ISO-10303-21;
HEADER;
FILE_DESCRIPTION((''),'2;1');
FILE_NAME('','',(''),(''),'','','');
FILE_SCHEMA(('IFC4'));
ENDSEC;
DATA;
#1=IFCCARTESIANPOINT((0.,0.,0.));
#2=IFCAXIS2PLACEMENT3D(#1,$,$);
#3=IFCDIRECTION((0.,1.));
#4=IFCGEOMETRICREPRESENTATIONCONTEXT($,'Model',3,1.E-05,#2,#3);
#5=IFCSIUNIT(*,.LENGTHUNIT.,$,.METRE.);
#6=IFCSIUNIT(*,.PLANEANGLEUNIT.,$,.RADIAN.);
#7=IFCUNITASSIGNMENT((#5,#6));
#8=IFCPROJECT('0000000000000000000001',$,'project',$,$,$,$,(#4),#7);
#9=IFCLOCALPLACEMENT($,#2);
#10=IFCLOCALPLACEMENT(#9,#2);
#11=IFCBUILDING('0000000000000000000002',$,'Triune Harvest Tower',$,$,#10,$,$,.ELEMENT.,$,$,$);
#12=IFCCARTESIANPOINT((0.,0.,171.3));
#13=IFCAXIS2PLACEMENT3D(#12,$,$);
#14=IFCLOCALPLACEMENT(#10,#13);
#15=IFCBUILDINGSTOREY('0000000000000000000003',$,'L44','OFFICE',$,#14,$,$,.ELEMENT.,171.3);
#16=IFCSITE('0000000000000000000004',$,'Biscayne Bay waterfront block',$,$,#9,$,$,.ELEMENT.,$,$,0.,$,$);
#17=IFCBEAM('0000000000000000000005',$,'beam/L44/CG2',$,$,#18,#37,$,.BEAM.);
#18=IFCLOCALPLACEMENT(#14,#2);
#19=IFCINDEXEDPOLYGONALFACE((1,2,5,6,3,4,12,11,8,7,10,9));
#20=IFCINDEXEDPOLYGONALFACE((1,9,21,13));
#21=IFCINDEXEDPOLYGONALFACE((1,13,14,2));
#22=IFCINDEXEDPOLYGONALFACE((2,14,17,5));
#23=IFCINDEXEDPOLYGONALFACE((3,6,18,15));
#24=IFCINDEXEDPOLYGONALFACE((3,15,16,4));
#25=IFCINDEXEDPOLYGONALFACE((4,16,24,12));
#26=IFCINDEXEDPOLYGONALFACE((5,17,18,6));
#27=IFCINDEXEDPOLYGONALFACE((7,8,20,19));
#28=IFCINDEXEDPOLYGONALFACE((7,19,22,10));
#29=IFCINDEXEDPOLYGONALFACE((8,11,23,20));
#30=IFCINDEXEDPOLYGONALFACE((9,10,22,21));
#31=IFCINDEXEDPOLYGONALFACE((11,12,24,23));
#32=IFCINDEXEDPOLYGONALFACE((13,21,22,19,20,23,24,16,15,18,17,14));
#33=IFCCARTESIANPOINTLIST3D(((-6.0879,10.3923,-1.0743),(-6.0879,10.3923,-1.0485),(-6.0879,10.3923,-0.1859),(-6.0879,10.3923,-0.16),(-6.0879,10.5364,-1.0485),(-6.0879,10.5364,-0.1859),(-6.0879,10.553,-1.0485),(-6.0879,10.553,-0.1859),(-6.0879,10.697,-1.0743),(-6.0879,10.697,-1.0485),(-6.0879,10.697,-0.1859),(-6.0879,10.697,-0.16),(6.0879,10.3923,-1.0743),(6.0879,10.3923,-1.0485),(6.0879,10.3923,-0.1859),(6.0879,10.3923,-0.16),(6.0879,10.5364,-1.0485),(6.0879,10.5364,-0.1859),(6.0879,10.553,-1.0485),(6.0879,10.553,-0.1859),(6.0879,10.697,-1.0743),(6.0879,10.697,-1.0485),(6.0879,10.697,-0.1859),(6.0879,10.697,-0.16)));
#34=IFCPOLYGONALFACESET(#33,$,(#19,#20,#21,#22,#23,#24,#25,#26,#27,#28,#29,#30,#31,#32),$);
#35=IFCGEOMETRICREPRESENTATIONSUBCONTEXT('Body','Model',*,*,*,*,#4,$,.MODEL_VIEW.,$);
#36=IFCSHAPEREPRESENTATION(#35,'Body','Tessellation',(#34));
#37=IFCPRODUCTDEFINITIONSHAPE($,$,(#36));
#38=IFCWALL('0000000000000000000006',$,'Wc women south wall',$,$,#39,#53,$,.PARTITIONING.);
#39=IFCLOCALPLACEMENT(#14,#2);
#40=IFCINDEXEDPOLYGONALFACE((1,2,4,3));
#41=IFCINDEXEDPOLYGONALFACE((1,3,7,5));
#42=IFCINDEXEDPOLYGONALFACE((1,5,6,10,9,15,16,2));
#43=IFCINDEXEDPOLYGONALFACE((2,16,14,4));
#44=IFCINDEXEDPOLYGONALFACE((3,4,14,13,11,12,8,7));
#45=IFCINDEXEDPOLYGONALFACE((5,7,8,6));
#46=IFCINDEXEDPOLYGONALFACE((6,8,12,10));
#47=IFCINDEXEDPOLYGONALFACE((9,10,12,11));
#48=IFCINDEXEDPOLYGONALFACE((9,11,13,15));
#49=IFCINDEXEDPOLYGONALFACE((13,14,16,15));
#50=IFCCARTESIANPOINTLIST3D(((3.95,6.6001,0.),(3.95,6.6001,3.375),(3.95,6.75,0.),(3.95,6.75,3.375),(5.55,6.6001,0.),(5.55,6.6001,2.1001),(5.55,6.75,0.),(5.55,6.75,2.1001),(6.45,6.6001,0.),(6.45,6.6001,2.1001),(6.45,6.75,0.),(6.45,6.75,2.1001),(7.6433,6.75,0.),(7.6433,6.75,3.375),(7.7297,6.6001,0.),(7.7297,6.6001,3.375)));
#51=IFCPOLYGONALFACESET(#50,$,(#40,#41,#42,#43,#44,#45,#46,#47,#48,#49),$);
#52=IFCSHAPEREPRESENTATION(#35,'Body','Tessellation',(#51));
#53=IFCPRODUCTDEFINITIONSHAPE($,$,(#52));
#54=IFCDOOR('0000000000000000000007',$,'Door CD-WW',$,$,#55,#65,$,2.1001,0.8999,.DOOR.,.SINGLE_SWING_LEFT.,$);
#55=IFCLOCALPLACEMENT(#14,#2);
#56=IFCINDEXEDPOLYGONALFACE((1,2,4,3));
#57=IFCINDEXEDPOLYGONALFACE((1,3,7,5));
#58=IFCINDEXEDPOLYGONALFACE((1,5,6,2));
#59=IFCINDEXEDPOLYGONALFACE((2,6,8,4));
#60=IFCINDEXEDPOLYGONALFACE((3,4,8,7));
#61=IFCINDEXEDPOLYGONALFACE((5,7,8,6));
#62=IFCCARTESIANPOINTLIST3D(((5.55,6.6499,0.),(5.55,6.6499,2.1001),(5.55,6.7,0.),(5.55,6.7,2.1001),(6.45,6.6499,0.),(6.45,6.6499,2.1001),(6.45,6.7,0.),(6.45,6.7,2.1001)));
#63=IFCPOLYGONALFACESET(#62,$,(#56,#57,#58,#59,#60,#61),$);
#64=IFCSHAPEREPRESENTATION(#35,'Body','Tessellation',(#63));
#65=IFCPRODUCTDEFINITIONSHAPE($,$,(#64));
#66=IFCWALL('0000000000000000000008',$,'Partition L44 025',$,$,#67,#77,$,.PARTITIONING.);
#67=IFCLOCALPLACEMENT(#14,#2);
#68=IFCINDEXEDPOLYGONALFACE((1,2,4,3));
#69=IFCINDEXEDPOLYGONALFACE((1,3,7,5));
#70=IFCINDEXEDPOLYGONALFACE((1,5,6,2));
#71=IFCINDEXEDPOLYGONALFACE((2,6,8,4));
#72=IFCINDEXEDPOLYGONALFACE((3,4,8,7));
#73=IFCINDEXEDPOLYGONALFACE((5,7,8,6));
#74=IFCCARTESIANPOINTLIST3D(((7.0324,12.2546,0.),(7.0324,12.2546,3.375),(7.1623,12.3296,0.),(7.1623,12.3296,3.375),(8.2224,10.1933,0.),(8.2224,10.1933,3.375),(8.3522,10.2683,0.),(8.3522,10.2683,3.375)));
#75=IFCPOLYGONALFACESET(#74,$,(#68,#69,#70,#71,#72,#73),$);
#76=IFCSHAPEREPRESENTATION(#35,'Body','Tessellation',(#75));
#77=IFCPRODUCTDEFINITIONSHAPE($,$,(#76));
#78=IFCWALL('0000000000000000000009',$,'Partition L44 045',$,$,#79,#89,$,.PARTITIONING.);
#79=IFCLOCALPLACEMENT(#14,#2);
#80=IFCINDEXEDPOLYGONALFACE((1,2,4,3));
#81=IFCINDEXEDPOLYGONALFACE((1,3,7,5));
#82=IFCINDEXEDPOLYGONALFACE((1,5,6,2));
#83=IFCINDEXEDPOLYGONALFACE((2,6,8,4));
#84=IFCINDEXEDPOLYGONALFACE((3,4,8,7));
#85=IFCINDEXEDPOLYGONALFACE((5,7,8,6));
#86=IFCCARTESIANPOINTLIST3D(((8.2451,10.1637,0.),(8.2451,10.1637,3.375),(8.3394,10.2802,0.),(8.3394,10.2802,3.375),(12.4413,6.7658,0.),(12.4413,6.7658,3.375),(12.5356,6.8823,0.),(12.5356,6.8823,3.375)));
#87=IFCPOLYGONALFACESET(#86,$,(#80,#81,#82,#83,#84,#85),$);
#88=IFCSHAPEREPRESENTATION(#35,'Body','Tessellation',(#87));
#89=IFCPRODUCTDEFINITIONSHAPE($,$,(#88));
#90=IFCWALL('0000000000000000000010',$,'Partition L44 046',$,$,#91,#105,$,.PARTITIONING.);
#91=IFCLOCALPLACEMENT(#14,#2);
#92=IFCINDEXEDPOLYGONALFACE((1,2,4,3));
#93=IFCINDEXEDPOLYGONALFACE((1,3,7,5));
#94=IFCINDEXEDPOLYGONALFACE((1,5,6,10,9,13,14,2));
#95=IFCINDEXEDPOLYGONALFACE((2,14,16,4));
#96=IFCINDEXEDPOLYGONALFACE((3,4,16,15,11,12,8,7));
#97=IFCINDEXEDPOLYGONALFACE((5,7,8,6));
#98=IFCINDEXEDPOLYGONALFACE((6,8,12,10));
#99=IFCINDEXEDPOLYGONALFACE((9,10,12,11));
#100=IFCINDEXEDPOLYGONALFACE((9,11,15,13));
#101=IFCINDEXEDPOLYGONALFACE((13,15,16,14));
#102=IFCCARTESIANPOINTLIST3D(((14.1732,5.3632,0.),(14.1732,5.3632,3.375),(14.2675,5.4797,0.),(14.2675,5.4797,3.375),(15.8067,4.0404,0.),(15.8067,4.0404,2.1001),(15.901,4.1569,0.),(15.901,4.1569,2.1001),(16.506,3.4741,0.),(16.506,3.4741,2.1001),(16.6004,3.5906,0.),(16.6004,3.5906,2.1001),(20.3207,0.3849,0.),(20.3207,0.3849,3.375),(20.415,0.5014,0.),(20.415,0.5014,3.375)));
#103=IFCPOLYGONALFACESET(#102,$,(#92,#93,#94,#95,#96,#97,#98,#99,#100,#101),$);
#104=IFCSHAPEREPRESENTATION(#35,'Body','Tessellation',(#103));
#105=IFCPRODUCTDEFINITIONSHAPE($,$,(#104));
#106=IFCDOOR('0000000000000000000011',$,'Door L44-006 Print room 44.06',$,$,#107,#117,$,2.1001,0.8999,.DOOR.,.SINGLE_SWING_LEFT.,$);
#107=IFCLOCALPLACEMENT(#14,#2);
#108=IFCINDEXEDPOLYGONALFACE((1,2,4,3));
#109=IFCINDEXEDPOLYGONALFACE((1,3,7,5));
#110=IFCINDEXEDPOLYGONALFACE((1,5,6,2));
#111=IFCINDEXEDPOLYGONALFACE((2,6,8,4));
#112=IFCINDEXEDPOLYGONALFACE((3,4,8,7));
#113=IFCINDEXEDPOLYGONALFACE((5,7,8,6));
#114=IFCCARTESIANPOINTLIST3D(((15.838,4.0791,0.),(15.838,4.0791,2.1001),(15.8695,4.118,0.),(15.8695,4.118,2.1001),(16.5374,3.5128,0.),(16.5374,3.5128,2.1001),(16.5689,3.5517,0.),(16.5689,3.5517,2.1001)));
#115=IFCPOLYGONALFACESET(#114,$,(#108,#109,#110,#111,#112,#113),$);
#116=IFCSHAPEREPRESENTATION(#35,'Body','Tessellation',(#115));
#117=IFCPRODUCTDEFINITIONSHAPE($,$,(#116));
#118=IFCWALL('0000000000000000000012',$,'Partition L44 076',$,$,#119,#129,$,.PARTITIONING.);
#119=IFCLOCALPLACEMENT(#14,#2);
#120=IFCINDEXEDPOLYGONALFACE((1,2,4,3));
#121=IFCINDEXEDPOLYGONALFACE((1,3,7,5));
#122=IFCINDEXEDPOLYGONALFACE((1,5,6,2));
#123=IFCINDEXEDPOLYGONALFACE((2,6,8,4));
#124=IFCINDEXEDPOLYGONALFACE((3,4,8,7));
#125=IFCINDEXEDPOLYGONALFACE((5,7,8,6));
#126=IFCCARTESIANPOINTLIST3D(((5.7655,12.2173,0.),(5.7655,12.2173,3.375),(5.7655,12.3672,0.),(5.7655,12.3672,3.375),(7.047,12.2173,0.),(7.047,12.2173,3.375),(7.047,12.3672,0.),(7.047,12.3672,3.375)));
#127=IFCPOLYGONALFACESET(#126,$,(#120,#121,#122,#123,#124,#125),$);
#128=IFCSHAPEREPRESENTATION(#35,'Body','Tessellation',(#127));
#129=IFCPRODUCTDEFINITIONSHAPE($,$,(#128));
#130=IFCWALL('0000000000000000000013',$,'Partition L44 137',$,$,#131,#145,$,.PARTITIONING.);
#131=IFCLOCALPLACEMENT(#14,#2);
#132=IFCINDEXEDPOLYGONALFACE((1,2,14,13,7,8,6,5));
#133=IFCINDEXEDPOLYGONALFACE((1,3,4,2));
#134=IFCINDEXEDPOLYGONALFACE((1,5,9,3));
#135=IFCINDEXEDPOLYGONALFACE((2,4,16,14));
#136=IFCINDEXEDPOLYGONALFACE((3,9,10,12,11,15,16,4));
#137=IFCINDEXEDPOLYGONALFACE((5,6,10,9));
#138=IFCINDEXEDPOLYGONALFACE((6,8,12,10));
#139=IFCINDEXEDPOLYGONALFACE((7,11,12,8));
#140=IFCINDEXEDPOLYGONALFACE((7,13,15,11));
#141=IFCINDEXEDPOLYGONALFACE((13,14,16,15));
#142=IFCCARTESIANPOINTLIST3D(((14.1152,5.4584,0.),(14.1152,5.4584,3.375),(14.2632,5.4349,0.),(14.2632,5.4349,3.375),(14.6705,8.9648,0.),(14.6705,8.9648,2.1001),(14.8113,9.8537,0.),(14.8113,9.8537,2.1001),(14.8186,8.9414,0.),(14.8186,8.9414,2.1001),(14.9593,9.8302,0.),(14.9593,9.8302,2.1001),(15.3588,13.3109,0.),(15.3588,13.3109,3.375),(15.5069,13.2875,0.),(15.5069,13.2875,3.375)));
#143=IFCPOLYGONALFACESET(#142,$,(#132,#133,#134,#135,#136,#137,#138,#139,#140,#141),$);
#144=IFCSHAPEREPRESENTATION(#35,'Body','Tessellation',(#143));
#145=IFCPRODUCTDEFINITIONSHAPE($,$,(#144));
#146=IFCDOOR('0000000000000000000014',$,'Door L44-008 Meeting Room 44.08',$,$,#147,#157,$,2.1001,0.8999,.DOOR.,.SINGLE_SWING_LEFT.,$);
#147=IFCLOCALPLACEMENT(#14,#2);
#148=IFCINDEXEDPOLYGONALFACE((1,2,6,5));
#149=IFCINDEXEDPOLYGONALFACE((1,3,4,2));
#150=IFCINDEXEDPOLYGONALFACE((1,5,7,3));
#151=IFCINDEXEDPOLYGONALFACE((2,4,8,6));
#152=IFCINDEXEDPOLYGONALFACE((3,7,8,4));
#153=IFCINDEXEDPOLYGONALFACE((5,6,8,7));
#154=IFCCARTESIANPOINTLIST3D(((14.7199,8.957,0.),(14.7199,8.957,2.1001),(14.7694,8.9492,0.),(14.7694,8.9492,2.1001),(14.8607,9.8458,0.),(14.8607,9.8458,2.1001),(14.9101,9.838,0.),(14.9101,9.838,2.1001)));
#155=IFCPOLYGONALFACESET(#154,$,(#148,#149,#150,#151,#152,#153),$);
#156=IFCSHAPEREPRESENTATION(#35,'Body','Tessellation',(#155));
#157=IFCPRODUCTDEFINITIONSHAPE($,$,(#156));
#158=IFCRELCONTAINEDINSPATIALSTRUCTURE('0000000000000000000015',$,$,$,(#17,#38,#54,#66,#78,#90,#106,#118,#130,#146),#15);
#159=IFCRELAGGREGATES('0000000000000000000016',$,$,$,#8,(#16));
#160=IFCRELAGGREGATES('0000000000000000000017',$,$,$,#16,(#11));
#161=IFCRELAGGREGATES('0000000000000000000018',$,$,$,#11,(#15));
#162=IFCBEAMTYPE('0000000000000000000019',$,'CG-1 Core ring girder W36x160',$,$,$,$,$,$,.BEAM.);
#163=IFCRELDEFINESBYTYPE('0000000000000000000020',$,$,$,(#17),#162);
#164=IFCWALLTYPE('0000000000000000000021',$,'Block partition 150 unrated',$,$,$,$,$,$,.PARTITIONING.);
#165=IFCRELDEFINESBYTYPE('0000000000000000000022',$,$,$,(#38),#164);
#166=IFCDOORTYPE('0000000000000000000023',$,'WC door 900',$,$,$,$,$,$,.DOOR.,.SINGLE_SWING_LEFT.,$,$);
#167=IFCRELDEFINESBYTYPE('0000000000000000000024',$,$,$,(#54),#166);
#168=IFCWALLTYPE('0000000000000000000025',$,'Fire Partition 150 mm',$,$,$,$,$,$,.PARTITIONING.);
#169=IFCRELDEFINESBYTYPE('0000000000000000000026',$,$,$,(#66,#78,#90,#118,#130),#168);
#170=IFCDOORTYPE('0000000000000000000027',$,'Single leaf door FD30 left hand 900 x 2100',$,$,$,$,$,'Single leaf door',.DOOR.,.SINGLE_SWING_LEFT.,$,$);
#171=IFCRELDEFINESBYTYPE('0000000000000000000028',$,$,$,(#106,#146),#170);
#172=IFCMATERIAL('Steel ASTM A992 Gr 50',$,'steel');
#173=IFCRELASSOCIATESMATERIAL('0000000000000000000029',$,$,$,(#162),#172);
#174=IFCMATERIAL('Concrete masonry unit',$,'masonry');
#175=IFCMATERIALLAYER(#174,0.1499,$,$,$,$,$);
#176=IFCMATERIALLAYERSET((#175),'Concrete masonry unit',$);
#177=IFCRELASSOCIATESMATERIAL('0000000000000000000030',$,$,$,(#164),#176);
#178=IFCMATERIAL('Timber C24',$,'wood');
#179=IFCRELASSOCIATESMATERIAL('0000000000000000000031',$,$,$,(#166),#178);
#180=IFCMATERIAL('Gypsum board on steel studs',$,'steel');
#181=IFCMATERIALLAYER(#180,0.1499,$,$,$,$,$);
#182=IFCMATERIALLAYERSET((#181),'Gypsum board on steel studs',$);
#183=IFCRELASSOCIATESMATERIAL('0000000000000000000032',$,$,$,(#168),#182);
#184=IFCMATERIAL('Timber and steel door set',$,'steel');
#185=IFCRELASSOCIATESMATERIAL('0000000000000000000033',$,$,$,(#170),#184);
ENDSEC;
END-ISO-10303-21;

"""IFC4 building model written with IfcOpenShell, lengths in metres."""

from ifc_helpers import new_model, si_unit, direction, frame, frame_2d, origin, origin_2d, place, context, subcontext, project, spatial, polyline, rectangle, i_section, outline, extrude, source, transform, mapped, material, layer, layer_set, material_profile, profile_set, type_object, element, fill, save


model = new_model("IFC4")

# Units and contexts
model_context = context("Model", 3, precision=1e-05, world=origin(), true_north=direction((0.0, 1.0)))
body_context = subcontext(model_context, "Body", "Model", "MODEL_VIEW")
ifc_project = project(units=[si_unit("LENGTHUNIT", "METRE"), si_unit("PLANEANGLEUNIT", "RADIAN")], contexts=[model_context])

# Site, building, storey
site_placement = place(None, origin())
site = spatial("IfcSite", under=ifc_project, at=site_placement, Name="Biscayne Bay waterfront block", CompositionType="ELEMENT", RefElevation=0.0)
building_placement = place(site_placement, origin())
building = spatial("IfcBuilding", under=site, at=building_placement, Name="Triune Harvest Tower", CompositionType="ELEMENT")
storey_placement = place(building_placement, frame((0.0, 0.0, 171.3)))
storey = spatial("IfcBuildingStorey", under=building, at=storey_placement, Name="L44", Description="OFFICE", CompositionType="ELEMENT", Elevation=171.3)

# Beam
ifc_material_1 = material(Name="Steel ASTM A992 Gr 50", Category="steel")
ifc_material_profile = material_profile(ifc_material_1, i_section(OverallWidth=0.3047, OverallDepth=0.9143, WebThickness=0.0166, FlangeThickness=0.0259, at=origin_2d()), Name="W36x160")
ifc_profile_set = profile_set([ifc_material_profile], Name="Steel ASTM A992 Gr 50")
beam_type = type_object("IfcBeamType", Name="CG-1 Core ring girder W36x160", PredefinedType="BEAM", material=ifc_profile_set)
shared_shape_1 = source(origin(), body_context, "Body", "SweptSolid", [
    extrude(i_section(OverallWidth=0.3047, OverallDepth=0.9143, WebThickness=0.0166, FlangeThickness=0.0259, at=origin_2d()), origin(), (0.0, 0.0, 1.0), 12.1758),
])
beam_placement = place(storey_placement, frame((6.0879, 10.5447, -0.6172), z_axis=(-1.0, 0.0, 0.0), x_axis=(0.0, -1.0, 0.0)))
element("IfcBeam", 1, at=beam_placement, inside=storey, type_object=beam_type, Name="beam/L44/CG2", PredefinedType="BEAM", context=body_context, shape_type="MappedRepresentation", body=[
    mapped(shared_shape_1, transform((0.0, 0.0, 0.0), scale=1.0)),
])

# Wall, opening, door
ifc_material_2 = material(Name="Concrete masonry unit", Category="masonry")
ifc_layer_1 = layer(ifc_material_2, 0.1499)
ifc_layer_set_1 = layer_set([ifc_layer_1], Name="Concrete masonry unit")
wall_type_1 = type_object("IfcWallType", Name="Block partition 150 unrated", PredefinedType="PARTITIONING", material=ifc_layer_set_1)
wall_1_placement = place(storey_placement, frame((3.95, 6.675, 0.0), z_axis=(0.0, 0.0, 1.0), x_axis=(1.0, 0.0, 0.0)))
wall_1 = element("IfcWall", 2, at=wall_1_placement, inside=storey, type_object=wall_type_1, Name="Wc women south wall", PredefinedType="PARTITIONING", context=body_context, shape_type="SweptSolid", body=[
    extrude(outline(polyline([(0.0, -0.075), (0.0, 0.075), (3.6934, 0.075), (3.7798, -0.075), (0.0, -0.075)])), origin(), (0.0, 0.0, 1.0), 3.375),
])
opening_1_placement = place(wall_1_placement, frame((1.6001, 0.0, 0.0)))
opening_1 = element("IfcOpeningElement", 3, at=opening_1_placement, cuts=wall_1, PredefinedType="OPENING", context=body_context, shape_type="SweptSolid", body=[
    extrude(rectangle(XDim=0.8999, YDim=2.1001, at=frame_2d((0.45, 1.05))), frame((0.0, 0.085, 0.0), z_axis=(0.0, -1.0, 0.0), x_axis=(1.0, 0.0, 0.0)), (0.0, 0.0, 1.0), 0.1699),
])
ifc_material_3 = material(Name="Timber C24", Category="wood")
door_type_1 = type_object("IfcDoorType", Name="WC door 900", OperationType="SINGLE_SWING_LEFT", PredefinedType="DOOR", material=ifc_material_3)
door_1_placement = place(opening_1_placement, origin())
door_1 = element("IfcDoor", 4, at=door_1_placement, inside=storey, type_object=door_type_1, Name="Door CD-WW", OperationType="SINGLE_SWING_LEFT", OverallHeight=2.1001, OverallWidth=0.8999, PredefinedType="DOOR", context=body_context, shape_type="SweptSolid", body=[
    extrude(rectangle(XDim=0.8999, YDim=2.1001, at=frame_2d((0.45, 1.05))), frame((0.0, 0.0249, 0.0), z_axis=(0.0, -1.0, 0.0), x_axis=(1.0, 0.0, 0.0)), (0.0, 0.0, 1.0), 0.05),
])
fill(opening_1, door_1)

# Walls
ifc_material_4 = material(Name="Gypsum board on steel studs", Category="steel")
ifc_layer_2 = layer(ifc_material_4, 0.1499)
ifc_layer_set_2 = layer_set([ifc_layer_2], Name="Gypsum board on steel studs")
wall_type_2 = type_object("IfcWallType", Name="Fire Partition 150 mm", PredefinedType="PARTITIONING", material=ifc_layer_set_2)
wall_2_placement = place(storey_placement, frame((7.0974, 12.292, 0.0), z_axis=(0.0, 0.0, 1.0), x_axis=(0.499956, -0.866051, 0.0)))
element("IfcWall", 5, at=wall_2_placement, inside=storey, type_object=wall_type_2, Name="Partition L44 025", PredefinedType="PARTITIONING", context=body_context, shape_type="SweptSolid", body=[
    extrude(rectangle(XDim=2.3801, YDim=0.1499, at=frame_2d((1.1899, 0.0))), origin(), (0.0, 0.0, 1.0), 3.375),
])
wall_3_placement = place(storey_placement, frame((8.2922, 10.2219, 0.0), z_axis=(0.0, 0.0, 1.0), x_axis=(0.777159, -0.629305, 0.0)))
element("IfcWall", 6, at=wall_3_placement, inside=storey, type_object=wall_type_2, Name="Partition L44 045", PredefinedType="PARTITIONING", context=body_context, shape_type="SweptSolid", body=[
    extrude(rectangle(XDim=5.3994, YDim=0.1499, at=frame_2d((2.6997, 0.0))), origin(), (0.0, 0.0, 1.0), 3.375),
])

# Wall, opening, door
wall_4_placement = place(storey_placement, frame((14.2205, 5.4214, 0.0), z_axis=(0.0, 0.0, 1.0), x_axis=(0.777136, -0.629332, 0.0)))
wall_4 = element("IfcWall", 7, at=wall_4_placement, inside=storey, type_object=wall_type_2, Name="Partition L44 046", PredefinedType="PARTITIONING", context=body_context, shape_type="SweptSolid", body=[
    extrude(rectangle(XDim=7.9104, YDim=0.1499, at=frame_2d((3.9551, 0.0))), origin(), (0.0, 0.0, 1.0), 3.375),
])
opening_2_placement = place(wall_4_placement, frame((2.1018, 0.0, 0.0)))
opening_2 = element("IfcOpeningElement", 8, at=opening_2_placement, cuts=wall_4, PredefinedType="OPENING", context=body_context, shape_type="SweptSolid", body=[
    extrude(rectangle(XDim=0.8999, YDim=2.1001, at=frame_2d((0.45, 1.05))), frame((0.0, 0.085, 0.0), z_axis=(0.0, -1.0, 0.0), x_axis=(1.0, 0.0, 0.0)), (0.0, 0.0, 1.0), 0.1699),
])
ifc_material_5 = material(Name="Timber and steel door set", Category="steel")
door_type_2 = type_object("IfcDoorType", Name="Single leaf door FD30 left hand 900 x 2100", ElementType="Single leaf door", OperationType="SINGLE_SWING_LEFT", PredefinedType="DOOR", material=ifc_material_5)
door_2_placement = place(opening_2_placement, origin())
door_2 = element("IfcDoor", 9, at=door_2_placement, inside=storey, type_object=door_type_2, Name="Door L44-006 Print room 44.06", OperationType="SINGLE_SWING_LEFT", OverallHeight=2.1001, OverallWidth=0.8999, PredefinedType="DOOR", context=body_context, shape_type="SweptSolid", body=[
    extrude(rectangle(XDim=0.8999, YDim=2.1001, at=frame_2d((0.45, 1.05))), frame((0.0, 0.0249, 0.0), z_axis=(0.0, -1.0, 0.0), x_axis=(1.0, 0.0, 0.0)), (0.0, 0.0, 1.0), 0.05),
])
fill(opening_2, door_2)

# Wall
wall_5_placement = place(storey_placement, frame((5.7656, 12.2922, 0.0), z_axis=(0.0, 0.0, 1.0), x_axis=(1.0, 0.0, 0.0)))
element("IfcWall", 10, at=wall_5_placement, inside=storey, type_object=wall_type_2, Name="Partition L44 076", PredefinedType="PARTITIONING", context=body_context, shape_type="SweptSolid", body=[
    extrude(rectangle(XDim=1.2815, YDim=0.1499, at=frame_2d((0.6406, 0.0))), origin(), (0.0, 0.0, 1.0), 3.375),
])

# Wall, opening, door
wall_6_placement = place(storey_placement, frame((14.1892, 5.4468, 0.0), z_axis=(0.0, 0.0, 1.0), x_axis=(0.156426, 0.98769, 0.0)))
wall_6 = element("IfcWall", 11, at=wall_6_placement, inside=storey, type_object=wall_type_2, Name="Partition L44 137", PredefinedType="PARTITIONING", context=body_context, shape_type="SweptSolid", body=[
    extrude(rectangle(XDim=7.9504, YDim=0.1499, at=frame_2d((3.9751, 0.0))), origin(), (0.0, 0.0, 1.0), 3.375),
])
opening_3_placement = place(wall_6_placement, frame((3.55, 0.0, 0.0)))
opening_3 = element("IfcOpeningElement", 12, at=opening_3_placement, cuts=wall_6, PredefinedType="OPENING", context=body_context, shape_type="SweptSolid", body=[
    extrude(rectangle(XDim=0.8999, YDim=2.1001, at=frame_2d((0.45, 1.05))), frame((0.0, 0.085, 0.0), z_axis=(0.0, -1.0, 0.0), x_axis=(1.0, 0.0, 0.0)), (0.0, 0.0, 1.0), 0.1699),
])
door_3_placement = place(opening_3_placement, origin())
door_3 = element("IfcDoor", 13, at=door_3_placement, inside=storey, type_object=door_type_2, Name="Door L44-008 Meeting Room 44.08", OperationType="SINGLE_SWING_LEFT", OverallHeight=2.1001, OverallWidth=0.8999, PredefinedType="DOOR", context=body_context, shape_type="SweptSolid", body=[
    extrude(rectangle(XDim=0.8999, YDim=2.1001, at=frame_2d((0.45, 1.05))), frame((0.0, 0.0249, 0.0), z_axis=(0.0, -1.0, 0.0), x_axis=(1.0, 0.0, 0.0)), (0.0, 0.0, 1.0), 0.05),
])
fill(opening_3, door_3)

save(model, "model.ifc")
